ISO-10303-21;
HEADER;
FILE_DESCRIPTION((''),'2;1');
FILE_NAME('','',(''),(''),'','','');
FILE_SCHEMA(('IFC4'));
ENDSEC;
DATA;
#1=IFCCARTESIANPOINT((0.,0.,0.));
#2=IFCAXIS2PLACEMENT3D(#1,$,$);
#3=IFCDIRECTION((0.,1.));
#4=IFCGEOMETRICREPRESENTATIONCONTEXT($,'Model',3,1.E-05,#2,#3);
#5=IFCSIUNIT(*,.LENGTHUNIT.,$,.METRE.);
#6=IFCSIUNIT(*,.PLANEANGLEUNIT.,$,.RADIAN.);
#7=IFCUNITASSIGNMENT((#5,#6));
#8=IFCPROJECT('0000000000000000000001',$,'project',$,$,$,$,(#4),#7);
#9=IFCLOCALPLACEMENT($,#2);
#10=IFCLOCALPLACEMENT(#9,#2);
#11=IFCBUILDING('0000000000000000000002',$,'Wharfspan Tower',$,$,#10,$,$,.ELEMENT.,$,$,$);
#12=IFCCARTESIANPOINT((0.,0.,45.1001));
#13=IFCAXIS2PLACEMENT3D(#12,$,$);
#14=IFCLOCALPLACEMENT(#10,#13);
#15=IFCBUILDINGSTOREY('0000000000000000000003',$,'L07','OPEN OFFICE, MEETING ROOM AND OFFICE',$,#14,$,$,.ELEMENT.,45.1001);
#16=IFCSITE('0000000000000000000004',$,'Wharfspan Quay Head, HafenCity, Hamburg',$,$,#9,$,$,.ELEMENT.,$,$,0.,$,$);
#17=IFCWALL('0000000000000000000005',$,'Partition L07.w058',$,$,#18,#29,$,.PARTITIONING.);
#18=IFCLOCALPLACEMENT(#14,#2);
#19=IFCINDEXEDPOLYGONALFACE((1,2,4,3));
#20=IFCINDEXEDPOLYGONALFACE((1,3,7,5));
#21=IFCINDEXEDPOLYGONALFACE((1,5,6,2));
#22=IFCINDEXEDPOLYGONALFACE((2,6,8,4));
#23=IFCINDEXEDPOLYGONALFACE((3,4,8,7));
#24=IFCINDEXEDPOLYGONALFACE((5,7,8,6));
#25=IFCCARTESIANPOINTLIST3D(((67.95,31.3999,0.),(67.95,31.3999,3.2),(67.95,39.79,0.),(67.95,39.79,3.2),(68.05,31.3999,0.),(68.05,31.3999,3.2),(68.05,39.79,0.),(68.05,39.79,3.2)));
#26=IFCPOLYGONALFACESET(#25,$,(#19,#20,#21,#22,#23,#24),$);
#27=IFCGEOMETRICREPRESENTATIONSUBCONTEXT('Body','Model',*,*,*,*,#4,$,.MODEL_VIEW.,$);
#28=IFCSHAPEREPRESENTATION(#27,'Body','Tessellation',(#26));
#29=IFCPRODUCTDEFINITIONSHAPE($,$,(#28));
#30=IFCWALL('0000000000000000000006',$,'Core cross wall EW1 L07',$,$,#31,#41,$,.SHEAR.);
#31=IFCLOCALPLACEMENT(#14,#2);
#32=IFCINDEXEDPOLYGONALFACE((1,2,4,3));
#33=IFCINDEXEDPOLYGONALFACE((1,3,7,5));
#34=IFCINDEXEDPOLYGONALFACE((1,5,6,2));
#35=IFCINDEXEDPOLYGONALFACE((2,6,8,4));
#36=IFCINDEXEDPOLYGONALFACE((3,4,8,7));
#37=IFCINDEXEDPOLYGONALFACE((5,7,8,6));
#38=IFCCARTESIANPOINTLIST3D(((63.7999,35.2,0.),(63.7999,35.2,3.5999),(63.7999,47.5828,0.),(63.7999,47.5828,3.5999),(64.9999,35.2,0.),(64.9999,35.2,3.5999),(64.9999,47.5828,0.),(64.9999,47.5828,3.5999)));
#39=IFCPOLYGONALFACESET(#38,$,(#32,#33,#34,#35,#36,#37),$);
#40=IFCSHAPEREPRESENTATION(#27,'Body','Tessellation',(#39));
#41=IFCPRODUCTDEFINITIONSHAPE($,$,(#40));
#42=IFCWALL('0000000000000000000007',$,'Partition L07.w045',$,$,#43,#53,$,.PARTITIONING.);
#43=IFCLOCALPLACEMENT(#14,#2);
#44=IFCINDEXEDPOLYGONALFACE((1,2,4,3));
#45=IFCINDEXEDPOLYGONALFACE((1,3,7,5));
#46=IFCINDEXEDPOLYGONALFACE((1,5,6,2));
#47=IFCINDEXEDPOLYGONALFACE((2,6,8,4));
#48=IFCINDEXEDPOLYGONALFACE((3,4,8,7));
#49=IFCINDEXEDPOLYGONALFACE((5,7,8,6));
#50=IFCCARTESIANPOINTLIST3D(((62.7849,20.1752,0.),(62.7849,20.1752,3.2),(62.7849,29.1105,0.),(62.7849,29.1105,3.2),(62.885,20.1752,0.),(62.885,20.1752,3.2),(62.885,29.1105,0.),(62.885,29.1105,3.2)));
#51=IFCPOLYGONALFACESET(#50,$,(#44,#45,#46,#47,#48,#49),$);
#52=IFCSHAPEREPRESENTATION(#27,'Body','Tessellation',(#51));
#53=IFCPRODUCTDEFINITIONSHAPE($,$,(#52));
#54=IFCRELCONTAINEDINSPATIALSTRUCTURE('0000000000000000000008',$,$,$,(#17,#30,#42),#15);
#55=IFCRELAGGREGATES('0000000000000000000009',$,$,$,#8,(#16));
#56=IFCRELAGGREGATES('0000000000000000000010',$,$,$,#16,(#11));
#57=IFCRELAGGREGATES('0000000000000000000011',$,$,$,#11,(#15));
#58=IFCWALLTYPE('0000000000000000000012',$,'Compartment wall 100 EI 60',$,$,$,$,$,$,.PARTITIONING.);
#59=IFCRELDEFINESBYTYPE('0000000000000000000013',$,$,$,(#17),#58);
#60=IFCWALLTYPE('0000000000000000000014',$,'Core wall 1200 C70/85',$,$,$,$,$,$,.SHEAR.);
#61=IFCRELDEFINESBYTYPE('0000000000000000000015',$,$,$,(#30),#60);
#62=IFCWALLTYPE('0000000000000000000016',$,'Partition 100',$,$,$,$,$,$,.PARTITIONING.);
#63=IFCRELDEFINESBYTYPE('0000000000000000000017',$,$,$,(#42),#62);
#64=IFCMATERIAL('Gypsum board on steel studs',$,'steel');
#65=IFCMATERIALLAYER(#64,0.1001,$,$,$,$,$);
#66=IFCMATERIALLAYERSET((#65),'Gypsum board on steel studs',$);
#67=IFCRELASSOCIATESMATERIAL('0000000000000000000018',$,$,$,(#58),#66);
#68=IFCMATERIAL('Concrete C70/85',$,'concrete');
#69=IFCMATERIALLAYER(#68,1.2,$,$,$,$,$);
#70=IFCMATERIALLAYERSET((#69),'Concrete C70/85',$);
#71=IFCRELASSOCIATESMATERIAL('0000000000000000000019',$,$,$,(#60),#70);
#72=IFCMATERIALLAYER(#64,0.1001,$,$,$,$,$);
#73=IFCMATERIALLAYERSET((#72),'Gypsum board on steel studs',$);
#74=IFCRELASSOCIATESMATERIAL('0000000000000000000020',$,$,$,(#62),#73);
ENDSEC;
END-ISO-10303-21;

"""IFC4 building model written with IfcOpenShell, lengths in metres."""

from ifc_helpers import new_model, si_unit, direction, frame, frame_2d, origin, place, context, subcontext, project, spatial, rectangle, extrude, material, layer, layer_set, type_object, element, save


model = new_model("IFC4")

# Units and contexts
model_context = context("Model", 3, precision=1e-05, world=origin(), true_north=direction((0.0, 1.0)))
body_context = subcontext(model_context, "Body", "Model", "MODEL_VIEW")
ifc_project = project(units=[si_unit("LENGTHUNIT", "METRE"), si_unit("PLANEANGLEUNIT", "RADIAN")], contexts=[model_context])

# Site, building, storey
site_placement = place(None, origin())
site = spatial("IfcSite", under=ifc_project, at=site_placement, Name="Wharfspan Quay Head, HafenCity, Hamburg", CompositionType="ELEMENT", RefElevation=0.0)
building_placement = place(site_placement, origin())
building = spatial("IfcBuilding", under=site, at=building_placement, Name="Wharfspan Tower", CompositionType="ELEMENT")
storey_placement = place(building_placement, frame((0.0, 0.0, 45.1001)))
storey = spatial("IfcBuildingStorey", under=building, at=storey_placement, Name="L07", Description="OPEN OFFICE, MEETING ROOM AND OFFICE", CompositionType="ELEMENT", Elevation=45.1001)

# Shared definitions
ifc_material_1 = material(Name="Gypsum board on steel studs", Category="steel")
ifc_layer_1 = layer(ifc_material_1, 0.1001)
ifc_layer_set_1 = layer_set([ifc_layer_1], Name="Gypsum board on steel studs")
wall_type_1 = type_object("IfcWallType", Name="Compartment wall 100 EI 60", PredefinedType="PARTITIONING", material=ifc_layer_set_1)

# Walls
wall_1_placement = place(storey_placement, frame((68.0, 31.3999, 0.0), z_axis=(0.0, 0.0, 1.0), x_axis=(0.0, 1.0, 0.0)))
element("IfcWall", 1, at=wall_1_placement, inside=storey, type_object=wall_type_1, Name="Partition L07.w058", PredefinedType="PARTITIONING", context=body_context, shape_type="SweptSolid", body=[
    extrude(rectangle(XDim=8.3901, YDim=0.1001, at=frame_2d((4.1951, 0.0))), origin(), (0.0, 0.0, 1.0), 3.2),
])
ifc_material_2 = material(Name="Concrete C70/85", Category="concrete")
ifc_layer_2 = layer(ifc_material_2, 1.2)
ifc_layer_set_2 = layer_set([ifc_layer_2], Name="Concrete C70/85")
wall_type_2 = type_object("IfcWallType", Name="Core wall 1200 C70/85", PredefinedType="SHEAR", material=ifc_layer_set_2)
wall_2_placement = place(storey_placement, frame((64.3999, 35.2, 0.0), z_axis=(0.0, 0.0, 1.0), x_axis=(0.0, 1.0, 0.0)))
element("IfcWall", 2, at=wall_2_placement, inside=storey, type_object=wall_type_2, Name="Core cross wall EW1 L07", PredefinedType="SHEAR", context=body_context, shape_type="SweptSolid", body=[
    extrude(rectangle(XDim=12.3828, YDim=1.2, at=frame_2d((6.1914, 0.0))), origin(), (0.0, 0.0, 1.0), 3.5999),
])
ifc_layer_3 = layer(ifc_material_1, 0.1001)
ifc_layer_set_3 = layer_set([ifc_layer_3], Name="Gypsum board on steel studs")
wall_type_3 = type_object("IfcWallType", Name="Partition 100", PredefinedType="PARTITIONING", material=ifc_layer_set_3)
wall_3_placement = place(storey_placement, frame((62.835, 20.175, 0.0), z_axis=(0.0, 0.0, 1.0), x_axis=(0.0, 1.0, 0.0)))
element("IfcWall", 3, at=wall_3_placement, inside=storey, type_object=wall_type_3, Name="Partition L07.w045", PredefinedType="PARTITIONING", context=body_context, shape_type="SweptSolid", body=[
    extrude(rectangle(XDim=8.9353, YDim=0.1001, at=frame_2d((4.4678, 0.0))), origin(), (0.0, 0.0, 1.0), 3.2),
])

save(model, "model.ifc")
